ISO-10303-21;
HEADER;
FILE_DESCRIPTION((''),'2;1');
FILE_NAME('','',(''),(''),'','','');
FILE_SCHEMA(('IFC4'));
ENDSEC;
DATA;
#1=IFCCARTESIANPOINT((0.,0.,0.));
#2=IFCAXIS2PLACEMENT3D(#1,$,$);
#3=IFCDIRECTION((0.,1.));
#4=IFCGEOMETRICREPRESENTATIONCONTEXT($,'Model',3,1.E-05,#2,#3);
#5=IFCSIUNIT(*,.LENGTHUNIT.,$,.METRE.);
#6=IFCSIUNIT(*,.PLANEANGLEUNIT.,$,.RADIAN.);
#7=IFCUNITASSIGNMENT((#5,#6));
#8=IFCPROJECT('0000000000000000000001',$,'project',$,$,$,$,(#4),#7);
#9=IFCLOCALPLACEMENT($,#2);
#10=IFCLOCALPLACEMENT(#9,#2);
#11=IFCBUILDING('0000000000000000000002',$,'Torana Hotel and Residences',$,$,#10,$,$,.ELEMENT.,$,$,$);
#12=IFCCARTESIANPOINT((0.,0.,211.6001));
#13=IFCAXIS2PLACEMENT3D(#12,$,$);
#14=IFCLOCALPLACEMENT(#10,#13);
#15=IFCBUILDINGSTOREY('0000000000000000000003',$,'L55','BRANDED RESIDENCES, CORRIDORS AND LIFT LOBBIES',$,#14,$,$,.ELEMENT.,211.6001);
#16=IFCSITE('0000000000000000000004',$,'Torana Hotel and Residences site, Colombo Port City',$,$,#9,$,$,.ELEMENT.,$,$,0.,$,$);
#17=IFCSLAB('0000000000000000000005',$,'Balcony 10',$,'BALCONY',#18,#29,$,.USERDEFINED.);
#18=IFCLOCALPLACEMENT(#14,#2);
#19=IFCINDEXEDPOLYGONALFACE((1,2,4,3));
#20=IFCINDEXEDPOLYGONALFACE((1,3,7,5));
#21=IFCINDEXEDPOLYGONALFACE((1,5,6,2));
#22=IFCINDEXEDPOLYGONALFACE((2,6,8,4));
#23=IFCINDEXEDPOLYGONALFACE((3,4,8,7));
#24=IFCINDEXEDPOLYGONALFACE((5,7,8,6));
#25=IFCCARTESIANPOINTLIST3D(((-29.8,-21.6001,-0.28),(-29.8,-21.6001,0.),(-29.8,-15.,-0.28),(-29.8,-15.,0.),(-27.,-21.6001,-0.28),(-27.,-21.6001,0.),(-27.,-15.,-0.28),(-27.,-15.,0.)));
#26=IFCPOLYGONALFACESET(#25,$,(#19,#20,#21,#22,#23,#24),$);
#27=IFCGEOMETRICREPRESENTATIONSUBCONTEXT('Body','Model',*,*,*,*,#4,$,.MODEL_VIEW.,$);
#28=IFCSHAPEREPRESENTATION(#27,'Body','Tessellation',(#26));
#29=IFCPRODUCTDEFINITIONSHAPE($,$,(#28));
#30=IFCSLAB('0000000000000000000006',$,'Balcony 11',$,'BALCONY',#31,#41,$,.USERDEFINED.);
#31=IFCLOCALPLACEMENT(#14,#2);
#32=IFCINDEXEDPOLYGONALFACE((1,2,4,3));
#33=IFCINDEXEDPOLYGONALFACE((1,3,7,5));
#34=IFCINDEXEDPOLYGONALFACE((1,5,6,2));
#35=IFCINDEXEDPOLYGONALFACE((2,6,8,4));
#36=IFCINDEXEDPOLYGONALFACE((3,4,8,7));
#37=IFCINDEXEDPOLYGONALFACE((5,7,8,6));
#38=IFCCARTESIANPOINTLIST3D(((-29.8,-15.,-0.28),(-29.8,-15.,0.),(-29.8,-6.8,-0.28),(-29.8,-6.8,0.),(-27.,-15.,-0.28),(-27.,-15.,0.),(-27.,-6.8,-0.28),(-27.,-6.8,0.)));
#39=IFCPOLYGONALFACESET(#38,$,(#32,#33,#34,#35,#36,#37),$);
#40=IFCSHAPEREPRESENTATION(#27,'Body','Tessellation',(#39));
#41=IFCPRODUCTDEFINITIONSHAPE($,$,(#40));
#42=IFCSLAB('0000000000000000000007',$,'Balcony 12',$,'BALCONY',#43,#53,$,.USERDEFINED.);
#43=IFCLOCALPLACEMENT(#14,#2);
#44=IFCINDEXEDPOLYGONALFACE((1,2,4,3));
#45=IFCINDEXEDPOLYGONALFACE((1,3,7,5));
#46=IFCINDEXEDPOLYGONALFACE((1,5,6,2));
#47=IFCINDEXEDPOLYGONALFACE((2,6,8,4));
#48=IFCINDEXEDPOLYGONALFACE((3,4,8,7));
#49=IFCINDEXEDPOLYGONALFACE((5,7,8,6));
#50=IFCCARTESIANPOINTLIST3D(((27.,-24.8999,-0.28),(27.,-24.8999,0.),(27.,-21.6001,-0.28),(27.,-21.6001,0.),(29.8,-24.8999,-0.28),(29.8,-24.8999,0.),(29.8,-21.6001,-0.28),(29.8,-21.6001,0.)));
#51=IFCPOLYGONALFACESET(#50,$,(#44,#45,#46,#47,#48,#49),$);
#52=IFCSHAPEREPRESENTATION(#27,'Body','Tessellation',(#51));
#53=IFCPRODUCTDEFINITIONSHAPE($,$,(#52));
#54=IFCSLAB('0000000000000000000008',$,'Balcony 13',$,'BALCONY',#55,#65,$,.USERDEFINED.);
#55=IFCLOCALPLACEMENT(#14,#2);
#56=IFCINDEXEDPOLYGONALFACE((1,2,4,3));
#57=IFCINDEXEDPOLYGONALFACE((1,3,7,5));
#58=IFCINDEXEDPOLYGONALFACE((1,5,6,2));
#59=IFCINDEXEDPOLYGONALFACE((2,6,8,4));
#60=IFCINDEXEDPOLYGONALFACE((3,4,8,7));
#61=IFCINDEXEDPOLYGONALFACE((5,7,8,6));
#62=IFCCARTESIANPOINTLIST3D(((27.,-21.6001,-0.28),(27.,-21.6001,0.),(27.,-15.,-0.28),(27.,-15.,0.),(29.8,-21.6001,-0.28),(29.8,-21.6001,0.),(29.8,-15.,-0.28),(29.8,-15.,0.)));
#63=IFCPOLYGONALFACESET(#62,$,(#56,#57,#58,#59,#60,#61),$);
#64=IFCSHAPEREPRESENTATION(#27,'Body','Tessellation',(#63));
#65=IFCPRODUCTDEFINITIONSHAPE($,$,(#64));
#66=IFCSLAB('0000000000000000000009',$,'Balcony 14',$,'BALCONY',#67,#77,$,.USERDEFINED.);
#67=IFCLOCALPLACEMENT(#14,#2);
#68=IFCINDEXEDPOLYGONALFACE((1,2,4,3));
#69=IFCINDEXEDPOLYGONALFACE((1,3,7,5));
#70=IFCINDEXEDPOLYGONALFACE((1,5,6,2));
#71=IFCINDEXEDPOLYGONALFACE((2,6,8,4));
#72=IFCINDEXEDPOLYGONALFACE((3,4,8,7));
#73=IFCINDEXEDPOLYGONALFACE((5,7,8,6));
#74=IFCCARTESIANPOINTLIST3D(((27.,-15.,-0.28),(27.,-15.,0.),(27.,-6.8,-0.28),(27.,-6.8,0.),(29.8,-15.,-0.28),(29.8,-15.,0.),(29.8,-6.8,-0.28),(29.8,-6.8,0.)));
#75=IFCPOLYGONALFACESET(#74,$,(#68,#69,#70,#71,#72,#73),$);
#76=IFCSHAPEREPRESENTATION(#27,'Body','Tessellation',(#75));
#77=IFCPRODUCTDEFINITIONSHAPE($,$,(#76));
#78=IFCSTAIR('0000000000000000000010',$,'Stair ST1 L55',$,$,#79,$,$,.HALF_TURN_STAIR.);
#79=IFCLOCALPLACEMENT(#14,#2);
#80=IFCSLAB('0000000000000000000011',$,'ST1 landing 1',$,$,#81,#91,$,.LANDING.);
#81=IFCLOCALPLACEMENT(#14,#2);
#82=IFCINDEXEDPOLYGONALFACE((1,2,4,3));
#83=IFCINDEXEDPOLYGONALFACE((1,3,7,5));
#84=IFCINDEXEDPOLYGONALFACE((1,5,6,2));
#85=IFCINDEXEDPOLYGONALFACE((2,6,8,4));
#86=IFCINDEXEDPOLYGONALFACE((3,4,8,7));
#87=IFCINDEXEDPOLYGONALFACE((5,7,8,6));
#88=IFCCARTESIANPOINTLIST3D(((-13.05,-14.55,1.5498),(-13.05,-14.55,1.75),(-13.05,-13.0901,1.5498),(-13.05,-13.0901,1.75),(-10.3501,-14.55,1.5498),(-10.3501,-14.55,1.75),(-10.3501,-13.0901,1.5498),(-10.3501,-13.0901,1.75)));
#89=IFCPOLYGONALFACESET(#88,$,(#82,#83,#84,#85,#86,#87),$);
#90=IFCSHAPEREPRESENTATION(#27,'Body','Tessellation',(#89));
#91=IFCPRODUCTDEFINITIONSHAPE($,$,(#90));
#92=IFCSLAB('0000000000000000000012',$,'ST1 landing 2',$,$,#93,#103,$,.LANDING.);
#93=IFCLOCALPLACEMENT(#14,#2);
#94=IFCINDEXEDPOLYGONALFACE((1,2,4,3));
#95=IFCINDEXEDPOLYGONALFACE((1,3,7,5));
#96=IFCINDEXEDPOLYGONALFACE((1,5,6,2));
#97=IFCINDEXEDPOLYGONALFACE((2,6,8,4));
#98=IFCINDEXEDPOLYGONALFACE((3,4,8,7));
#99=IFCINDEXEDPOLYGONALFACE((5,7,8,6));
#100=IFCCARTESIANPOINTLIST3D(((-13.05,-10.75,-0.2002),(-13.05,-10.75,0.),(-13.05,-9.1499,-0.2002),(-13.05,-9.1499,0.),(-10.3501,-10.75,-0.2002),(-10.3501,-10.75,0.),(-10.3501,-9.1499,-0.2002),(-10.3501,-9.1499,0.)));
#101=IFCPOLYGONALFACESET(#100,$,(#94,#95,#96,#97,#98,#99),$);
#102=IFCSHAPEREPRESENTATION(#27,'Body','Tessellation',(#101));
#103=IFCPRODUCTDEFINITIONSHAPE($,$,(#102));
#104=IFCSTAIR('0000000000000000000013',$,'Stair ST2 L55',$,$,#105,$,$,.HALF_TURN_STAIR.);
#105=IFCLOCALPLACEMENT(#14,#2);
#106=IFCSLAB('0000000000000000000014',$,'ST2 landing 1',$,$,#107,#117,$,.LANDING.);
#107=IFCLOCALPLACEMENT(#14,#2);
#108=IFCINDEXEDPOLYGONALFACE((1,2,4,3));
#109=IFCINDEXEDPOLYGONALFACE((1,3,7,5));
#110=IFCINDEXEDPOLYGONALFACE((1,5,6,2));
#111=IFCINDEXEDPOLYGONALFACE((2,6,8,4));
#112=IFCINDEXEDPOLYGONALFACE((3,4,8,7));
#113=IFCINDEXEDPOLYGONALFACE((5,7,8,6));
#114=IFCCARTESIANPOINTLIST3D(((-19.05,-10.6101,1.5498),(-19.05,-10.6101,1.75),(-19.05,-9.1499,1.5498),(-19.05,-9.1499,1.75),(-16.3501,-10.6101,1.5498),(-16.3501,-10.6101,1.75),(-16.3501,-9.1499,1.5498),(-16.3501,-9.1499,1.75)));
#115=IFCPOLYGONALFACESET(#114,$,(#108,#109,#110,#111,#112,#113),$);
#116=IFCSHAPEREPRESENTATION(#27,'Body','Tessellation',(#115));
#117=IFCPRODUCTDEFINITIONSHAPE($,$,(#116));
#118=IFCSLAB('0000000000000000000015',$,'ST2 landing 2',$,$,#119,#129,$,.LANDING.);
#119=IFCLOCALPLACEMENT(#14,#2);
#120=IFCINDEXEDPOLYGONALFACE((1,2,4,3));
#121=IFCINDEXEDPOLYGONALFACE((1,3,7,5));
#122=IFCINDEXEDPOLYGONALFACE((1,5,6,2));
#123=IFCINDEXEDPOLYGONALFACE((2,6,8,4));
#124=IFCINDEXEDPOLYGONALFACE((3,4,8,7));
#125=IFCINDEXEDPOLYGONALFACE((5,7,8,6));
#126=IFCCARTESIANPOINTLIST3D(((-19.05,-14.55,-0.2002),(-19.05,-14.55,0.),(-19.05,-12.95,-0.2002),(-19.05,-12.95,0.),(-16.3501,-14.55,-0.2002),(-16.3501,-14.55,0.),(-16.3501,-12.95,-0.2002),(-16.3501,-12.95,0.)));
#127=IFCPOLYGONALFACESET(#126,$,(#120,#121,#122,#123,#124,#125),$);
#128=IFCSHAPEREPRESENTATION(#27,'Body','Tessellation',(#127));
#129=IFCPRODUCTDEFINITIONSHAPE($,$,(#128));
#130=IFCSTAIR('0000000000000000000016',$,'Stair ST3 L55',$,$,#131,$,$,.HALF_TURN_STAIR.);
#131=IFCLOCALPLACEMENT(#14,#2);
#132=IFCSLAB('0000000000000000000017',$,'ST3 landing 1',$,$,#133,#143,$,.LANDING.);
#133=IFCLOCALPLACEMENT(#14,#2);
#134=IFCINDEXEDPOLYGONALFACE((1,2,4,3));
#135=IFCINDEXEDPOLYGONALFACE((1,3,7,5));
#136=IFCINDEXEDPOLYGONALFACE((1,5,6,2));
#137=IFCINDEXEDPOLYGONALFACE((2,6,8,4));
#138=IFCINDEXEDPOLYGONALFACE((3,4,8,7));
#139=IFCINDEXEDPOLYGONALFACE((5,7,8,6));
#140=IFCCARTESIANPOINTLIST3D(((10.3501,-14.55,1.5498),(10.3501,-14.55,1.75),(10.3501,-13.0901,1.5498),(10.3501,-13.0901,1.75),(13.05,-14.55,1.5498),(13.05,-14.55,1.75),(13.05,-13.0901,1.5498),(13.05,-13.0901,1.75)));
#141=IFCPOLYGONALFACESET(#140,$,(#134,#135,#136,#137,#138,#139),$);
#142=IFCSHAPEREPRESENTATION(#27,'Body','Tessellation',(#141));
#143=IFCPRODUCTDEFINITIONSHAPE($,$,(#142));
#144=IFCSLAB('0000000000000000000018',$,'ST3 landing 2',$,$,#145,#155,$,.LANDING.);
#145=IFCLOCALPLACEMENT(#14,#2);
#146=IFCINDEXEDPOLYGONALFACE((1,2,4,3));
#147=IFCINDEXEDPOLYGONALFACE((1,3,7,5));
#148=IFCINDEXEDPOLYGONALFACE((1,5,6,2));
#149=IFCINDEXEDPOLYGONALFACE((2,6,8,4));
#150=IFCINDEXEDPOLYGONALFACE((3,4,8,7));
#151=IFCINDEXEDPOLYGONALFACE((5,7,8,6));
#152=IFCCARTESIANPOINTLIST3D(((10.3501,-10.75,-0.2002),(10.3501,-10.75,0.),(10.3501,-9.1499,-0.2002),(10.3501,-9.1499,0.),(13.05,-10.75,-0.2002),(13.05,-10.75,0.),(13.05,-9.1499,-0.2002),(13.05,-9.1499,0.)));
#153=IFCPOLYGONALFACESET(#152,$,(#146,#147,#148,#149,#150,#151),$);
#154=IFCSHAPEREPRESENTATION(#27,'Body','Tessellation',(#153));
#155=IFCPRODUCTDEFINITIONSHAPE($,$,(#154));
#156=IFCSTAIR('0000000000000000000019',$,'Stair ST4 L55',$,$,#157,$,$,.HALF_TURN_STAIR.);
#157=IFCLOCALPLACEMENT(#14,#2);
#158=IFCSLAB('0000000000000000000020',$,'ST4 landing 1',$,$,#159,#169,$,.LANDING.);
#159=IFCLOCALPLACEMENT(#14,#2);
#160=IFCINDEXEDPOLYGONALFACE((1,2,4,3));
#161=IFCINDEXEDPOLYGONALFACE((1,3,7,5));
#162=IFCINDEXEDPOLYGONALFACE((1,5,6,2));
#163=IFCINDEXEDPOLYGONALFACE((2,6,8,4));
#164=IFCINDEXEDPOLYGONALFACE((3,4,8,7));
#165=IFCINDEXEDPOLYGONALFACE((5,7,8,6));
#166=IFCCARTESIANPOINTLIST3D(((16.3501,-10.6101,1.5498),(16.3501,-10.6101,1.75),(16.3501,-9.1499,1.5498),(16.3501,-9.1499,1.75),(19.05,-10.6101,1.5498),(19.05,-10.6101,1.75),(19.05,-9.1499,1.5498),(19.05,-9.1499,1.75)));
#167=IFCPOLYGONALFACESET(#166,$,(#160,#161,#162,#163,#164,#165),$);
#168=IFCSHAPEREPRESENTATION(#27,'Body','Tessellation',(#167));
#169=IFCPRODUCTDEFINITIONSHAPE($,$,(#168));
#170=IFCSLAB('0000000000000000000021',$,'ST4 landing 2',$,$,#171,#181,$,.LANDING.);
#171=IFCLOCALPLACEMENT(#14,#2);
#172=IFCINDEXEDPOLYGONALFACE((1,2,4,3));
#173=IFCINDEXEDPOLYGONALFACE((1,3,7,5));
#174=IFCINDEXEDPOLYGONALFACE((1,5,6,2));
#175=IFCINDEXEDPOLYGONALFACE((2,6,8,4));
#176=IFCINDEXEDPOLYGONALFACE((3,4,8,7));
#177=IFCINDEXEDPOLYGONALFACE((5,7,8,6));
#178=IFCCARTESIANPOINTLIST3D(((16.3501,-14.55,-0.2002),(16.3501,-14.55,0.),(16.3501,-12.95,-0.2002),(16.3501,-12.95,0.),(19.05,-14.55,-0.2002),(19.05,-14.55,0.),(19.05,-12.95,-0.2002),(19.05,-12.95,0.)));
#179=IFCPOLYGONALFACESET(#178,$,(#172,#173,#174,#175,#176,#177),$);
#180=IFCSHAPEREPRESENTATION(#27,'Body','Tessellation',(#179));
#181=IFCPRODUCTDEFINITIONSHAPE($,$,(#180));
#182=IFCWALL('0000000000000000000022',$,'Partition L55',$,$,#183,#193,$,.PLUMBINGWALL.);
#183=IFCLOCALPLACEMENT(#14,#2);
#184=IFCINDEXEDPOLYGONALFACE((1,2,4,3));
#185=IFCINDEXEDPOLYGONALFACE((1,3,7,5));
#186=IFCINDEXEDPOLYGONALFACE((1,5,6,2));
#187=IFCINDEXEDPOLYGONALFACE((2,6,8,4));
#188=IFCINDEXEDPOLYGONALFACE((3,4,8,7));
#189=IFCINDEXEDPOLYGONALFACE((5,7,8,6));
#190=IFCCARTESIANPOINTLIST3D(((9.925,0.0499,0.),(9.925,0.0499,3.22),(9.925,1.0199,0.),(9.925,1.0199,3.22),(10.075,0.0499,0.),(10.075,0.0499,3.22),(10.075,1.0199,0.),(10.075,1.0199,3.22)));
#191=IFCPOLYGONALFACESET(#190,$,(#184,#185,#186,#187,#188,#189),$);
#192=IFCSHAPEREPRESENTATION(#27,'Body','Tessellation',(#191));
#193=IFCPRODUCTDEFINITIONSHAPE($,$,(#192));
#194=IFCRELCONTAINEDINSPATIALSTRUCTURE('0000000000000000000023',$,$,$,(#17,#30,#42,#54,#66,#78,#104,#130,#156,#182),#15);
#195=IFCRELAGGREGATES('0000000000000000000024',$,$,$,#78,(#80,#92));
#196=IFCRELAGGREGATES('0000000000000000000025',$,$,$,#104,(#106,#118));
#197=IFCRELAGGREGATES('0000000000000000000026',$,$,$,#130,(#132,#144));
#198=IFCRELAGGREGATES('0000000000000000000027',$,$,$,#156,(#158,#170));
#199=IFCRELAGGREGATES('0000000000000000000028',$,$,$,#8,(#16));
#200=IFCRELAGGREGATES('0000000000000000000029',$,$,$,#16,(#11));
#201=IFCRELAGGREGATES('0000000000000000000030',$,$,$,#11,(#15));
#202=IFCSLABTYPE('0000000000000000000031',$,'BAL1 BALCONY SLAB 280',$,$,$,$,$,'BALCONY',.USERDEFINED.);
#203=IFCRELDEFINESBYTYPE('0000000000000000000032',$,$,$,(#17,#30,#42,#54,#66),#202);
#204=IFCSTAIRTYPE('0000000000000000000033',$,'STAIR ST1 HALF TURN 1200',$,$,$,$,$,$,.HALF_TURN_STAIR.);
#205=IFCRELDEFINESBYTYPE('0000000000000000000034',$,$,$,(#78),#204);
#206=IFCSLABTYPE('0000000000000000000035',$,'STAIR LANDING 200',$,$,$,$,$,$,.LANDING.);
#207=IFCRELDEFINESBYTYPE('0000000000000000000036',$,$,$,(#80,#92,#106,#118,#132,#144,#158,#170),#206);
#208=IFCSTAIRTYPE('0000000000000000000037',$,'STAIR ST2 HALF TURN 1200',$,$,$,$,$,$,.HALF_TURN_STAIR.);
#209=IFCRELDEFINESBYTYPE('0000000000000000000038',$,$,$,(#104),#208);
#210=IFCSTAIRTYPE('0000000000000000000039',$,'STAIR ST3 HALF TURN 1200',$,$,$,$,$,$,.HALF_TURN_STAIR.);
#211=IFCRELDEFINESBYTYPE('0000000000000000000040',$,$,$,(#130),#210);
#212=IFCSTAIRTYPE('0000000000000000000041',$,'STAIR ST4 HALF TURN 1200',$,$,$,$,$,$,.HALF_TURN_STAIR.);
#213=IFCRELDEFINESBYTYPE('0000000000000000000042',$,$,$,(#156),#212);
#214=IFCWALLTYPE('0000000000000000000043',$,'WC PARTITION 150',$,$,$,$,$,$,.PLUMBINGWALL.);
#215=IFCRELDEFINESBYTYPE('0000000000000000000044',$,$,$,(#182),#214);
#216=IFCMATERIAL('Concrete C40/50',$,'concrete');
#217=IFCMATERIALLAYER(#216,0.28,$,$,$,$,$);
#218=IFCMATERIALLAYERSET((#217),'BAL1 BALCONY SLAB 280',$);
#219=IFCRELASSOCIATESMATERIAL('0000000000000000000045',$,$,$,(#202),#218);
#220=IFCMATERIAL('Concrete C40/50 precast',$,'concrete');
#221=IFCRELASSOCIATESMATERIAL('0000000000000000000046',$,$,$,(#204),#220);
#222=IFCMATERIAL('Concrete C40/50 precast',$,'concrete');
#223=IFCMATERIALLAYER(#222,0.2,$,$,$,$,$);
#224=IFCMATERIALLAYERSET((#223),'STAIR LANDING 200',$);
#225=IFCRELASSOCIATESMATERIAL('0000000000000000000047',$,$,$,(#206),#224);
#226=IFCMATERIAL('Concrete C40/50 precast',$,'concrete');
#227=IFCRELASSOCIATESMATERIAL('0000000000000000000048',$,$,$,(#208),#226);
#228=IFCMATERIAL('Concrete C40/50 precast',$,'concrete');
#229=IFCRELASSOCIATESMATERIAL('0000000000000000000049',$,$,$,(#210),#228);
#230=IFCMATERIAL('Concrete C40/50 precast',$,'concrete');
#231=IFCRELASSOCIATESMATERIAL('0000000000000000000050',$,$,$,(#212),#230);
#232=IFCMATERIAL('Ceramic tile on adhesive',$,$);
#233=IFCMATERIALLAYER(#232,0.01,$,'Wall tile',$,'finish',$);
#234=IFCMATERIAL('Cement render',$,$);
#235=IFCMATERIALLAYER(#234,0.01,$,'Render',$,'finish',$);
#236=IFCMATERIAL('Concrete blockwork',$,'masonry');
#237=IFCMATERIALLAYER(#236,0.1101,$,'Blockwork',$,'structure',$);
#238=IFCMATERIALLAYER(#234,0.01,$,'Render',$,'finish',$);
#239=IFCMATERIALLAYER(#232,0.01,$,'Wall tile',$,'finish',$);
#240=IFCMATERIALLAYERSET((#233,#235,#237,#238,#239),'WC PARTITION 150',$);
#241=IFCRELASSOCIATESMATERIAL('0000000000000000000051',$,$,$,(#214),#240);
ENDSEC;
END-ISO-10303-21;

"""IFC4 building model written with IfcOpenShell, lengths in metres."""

from ifc_helpers import new_model, si_unit, direction, frame, frame_2d, origin, place, context, subcontext, project, spatial, polyline, rectangle, outline, extrude, material, layer, layer_set, type_object, element, aggregate, save


model = new_model("IFC4")

# Units and contexts
model_context = context("Model", 3, precision=1e-05, world=origin(), true_north=direction((0.0, 1.0)))
body_context = subcontext(model_context, "Body", "Model", "MODEL_VIEW")
ifc_project = project(units=[si_unit("LENGTHUNIT", "METRE"), si_unit("PLANEANGLEUNIT", "RADIAN")], contexts=[model_context])

# Site, building, storey
site_placement = place(None, origin())
site = spatial("IfcSite", under=ifc_project, at=site_placement, Name="Torana Hotel and Residences site, Colombo Port City", CompositionType="ELEMENT", RefElevation=0.0)
building_placement = place(site_placement, origin())
building = spatial("IfcBuilding", under=site, at=building_placement, Name="Torana Hotel and Residences", CompositionType="ELEMENT")
storey_placement = place(building_placement, frame((0.0, 0.0, 211.6001)))
storey = spatial("IfcBuildingStorey", under=building, at=storey_placement, Name="L55", Description="BRANDED RESIDENCES, CORRIDORS AND LIFT LOBBIES", CompositionType="ELEMENT", Elevation=211.6001)

# Slabs
ifc_material_1 = material(Name="Concrete C40/50", Category="concrete")
ifc_layer_1 = layer(ifc_material_1, 0.28)
ifc_layer_set_1 = layer_set([ifc_layer_1], Name="BAL1 BALCONY SLAB 280")
slab_type_1 = type_object("IfcSlabType", Name="BAL1 BALCONY SLAB 280", ElementType="BALCONY", PredefinedType="USERDEFINED", material=ifc_layer_set_1)
slab_1_placement = place(storey_placement, frame((0.0, 0.0, -0.28)))
element("IfcSlab", 1, at=slab_1_placement, inside=storey, type_object=slab_type_1, Name="Balcony 10", ObjectType="BALCONY", PredefinedType="USERDEFINED", context=body_context, shape_type="SweptSolid", body=[
    extrude(outline(polyline([(-29.8, -21.6001), (-27.0, -21.6001), (-27.0, -15.0), (-29.8, -15.0), (-29.8, -21.6001)])), origin(), (0.0, 0.0, 1.0), 0.28),
])
slab_2_placement = place(storey_placement, frame((0.0, 0.0, -0.28)))
element("IfcSlab", 2, at=slab_2_placement, inside=storey, type_object=slab_type_1, Name="Balcony 11", ObjectType="BALCONY", PredefinedType="USERDEFINED", context=body_context, shape_type="SweptSolid", body=[
    extrude(outline(polyline([(-29.8, -15.0), (-27.0, -15.0), (-27.0, -6.8), (-29.8, -6.8), (-29.8, -15.0)])), origin(), (0.0, 0.0, 1.0), 0.28),
])
slab_3_placement = place(storey_placement, frame((0.0, 0.0, -0.28)))
element("IfcSlab", 3, at=slab_3_placement, inside=storey, type_object=slab_type_1, Name="Balcony 12", ObjectType="BALCONY", PredefinedType="USERDEFINED", context=body_context, shape_type="SweptSolid", body=[
    extrude(outline(polyline([(27.0, -24.8999), (29.8, -24.8999), (29.8, -21.6001), (27.0, -21.6001), (27.0, -24.8999)])), origin(), (0.0, 0.0, 1.0), 0.28),
])
slab_4_placement = place(storey_placement, frame((0.0, 0.0, -0.28)))
element("IfcSlab", 4, at=slab_4_placement, inside=storey, type_object=slab_type_1, Name="Balcony 13", ObjectType="BALCONY", PredefinedType="USERDEFINED", context=body_context, shape_type="SweptSolid", body=[
    extrude(outline(polyline([(27.0, -21.6001), (29.8, -21.6001), (29.8, -15.0), (27.0, -15.0), (27.0, -21.6001)])), origin(), (0.0, 0.0, 1.0), 0.28),
])
slab_5_placement = place(storey_placement, frame((0.0, 0.0, -0.28)))
element("IfcSlab", 5, at=slab_5_placement, inside=storey, type_object=slab_type_1, Name="Balcony 14", ObjectType="BALCONY", PredefinedType="USERDEFINED", context=body_context, shape_type="SweptSolid", body=[
    extrude(outline(polyline([(27.0, -15.0), (29.8, -15.0), (29.8, -6.8), (27.0, -6.8), (27.0, -15.0)])), origin(), (0.0, 0.0, 1.0), 0.28),
])

# Stairs, slabs
ifc_material_2 = material(Name="Concrete C40/50 precast", Category="concrete")
stair_type_1 = type_object("IfcStairType", Name="STAIR ST1 HALF TURN 1200", PredefinedType="HALF_TURN_STAIR", material=ifc_material_2)
stair_1_placement = place(storey_placement, origin())
stair_1 = element("IfcStair", 6, at=stair_1_placement, inside=storey, type_object=stair_type_1, Name="Stair ST1 L55", PredefinedType="HALF_TURN_STAIR")
ifc_material_3 = material(Name="Concrete C40/50 precast", Category="concrete")
ifc_layer_2 = layer(ifc_material_3, 0.2)
ifc_layer_set_2 = layer_set([ifc_layer_2], Name="STAIR LANDING 200")
slab_type_2 = type_object("IfcSlabType", Name="STAIR LANDING 200", PredefinedType="LANDING", material=ifc_layer_set_2)
slab_6_placement = place(storey_placement, frame((0.0, 0.0, 1.5498)))
slab_6 = element("IfcSlab", 7, at=slab_6_placement, type_object=slab_type_2, Name="ST1 landing 1", PredefinedType="LANDING", context=body_context, shape_type="SweptSolid", body=[
    extrude(outline(polyline([(-13.05, -14.55), (-10.3501, -14.55), (-10.3501, -13.0901), (-13.05, -13.0901), (-13.05, -14.55)])), origin(), (0.0, 0.0, 1.0), 0.2002),
])
slab_7_placement = place(storey_placement, frame((0.0, 0.0, -0.2002)))
slab_7 = element("IfcSlab", 8, at=slab_7_placement, type_object=slab_type_2, Name="ST1 landing 2", PredefinedType="LANDING", context=body_context, shape_type="SweptSolid", body=[
    extrude(outline(polyline([(-13.05, -10.75), (-10.3501, -10.75), (-10.3501, -9.1499), (-13.05, -9.1499), (-13.05, -10.75)])), origin(), (0.0, 0.0, 1.0), 0.2002),
])
aggregate(stair_1, [slab_6, slab_7])
ifc_material_4 = material(Name="Concrete C40/50 precast", Category="concrete")
stair_type_2 = type_object("IfcStairType", Name="STAIR ST2 HALF TURN 1200", PredefinedType="HALF_TURN_STAIR", material=ifc_material_4)
stair_2_placement = place(storey_placement, origin())
stair_2 = element("IfcStair", 9, at=stair_2_placement, inside=storey, type_object=stair_type_2, Name="Stair ST2 L55", PredefinedType="HALF_TURN_STAIR")
slab_8_placement = place(storey_placement, frame((0.0, 0.0, 1.5498)))
slab_8 = element("IfcSlab", 10, at=slab_8_placement, type_object=slab_type_2, Name="ST2 landing 1", PredefinedType="LANDING", context=body_context, shape_type="SweptSolid", body=[
    extrude(outline(polyline([(-19.05, -10.6101), (-16.3501, -10.6101), (-16.3501, -9.1499), (-19.05, -9.1499), (-19.05, -10.6101)])), origin(), (0.0, 0.0, 1.0), 0.2002),
])
slab_9_placement = place(storey_placement, frame((0.0, 0.0, -0.2002)))
slab_9 = element("IfcSlab", 11, at=slab_9_placement, type_object=slab_type_2, Name="ST2 landing 2", PredefinedType="LANDING", context=body_context, shape_type="SweptSolid", body=[
    extrude(outline(polyline([(-19.05, -14.55), (-16.3501, -14.55), (-16.3501, -12.95), (-19.05, -12.95), (-19.05, -14.55)])), origin(), (0.0, 0.0, 1.0), 0.2002),
])
aggregate(stair_2, [slab_8, slab_9])
ifc_material_5 = material(Name="Concrete C40/50 precast", Category="concrete")
stair_type_3 = type_object("IfcStairType", Name="STAIR ST3 HALF TURN 1200", PredefinedType="HALF_TURN_STAIR", material=ifc_material_5)
stair_3_placement = place(storey_placement, origin())
stair_3 = element("IfcStair", 12, at=stair_3_placement, inside=storey, type_object=stair_type_3, Name="Stair ST3 L55", PredefinedType="HALF_TURN_STAIR")
slab_10_placement = place(storey_placement, frame((0.0, 0.0, 1.5498)))
slab_10 = element("IfcSlab", 13, at=slab_10_placement, type_object=slab_type_2, Name="ST3 landing 1", PredefinedType="LANDING", context=body_context, shape_type="SweptSolid", body=[
    extrude(outline(polyline([(10.3501, -14.55), (13.05, -14.55), (13.05, -13.0901), (10.3501, -13.0901), (10.3501, -14.55)])), origin(), (0.0, 0.0, 1.0), 0.2002),
])
slab_11_placement = place(storey_placement, frame((0.0, 0.0, -0.2002)))
slab_11 = element("IfcSlab", 14, at=slab_11_placement, type_object=slab_type_2, Name="ST3 landing 2", PredefinedType="LANDING", context=body_context, shape_type="SweptSolid", body=[
    extrude(outline(polyline([(10.3501, -10.75), (13.05, -10.75), (13.05, -9.1499), (10.3501, -9.1499), (10.3501, -10.75)])), origin(), (0.0, 0.0, 1.0), 0.2002),
])
aggregate(stair_3, [slab_10, slab_11])
ifc_material_6 = material(Name="Concrete C40/50 precast", Category="concrete")
stair_type_4 = type_object("IfcStairType", Name="STAIR ST4 HALF TURN 1200", PredefinedType="HALF_TURN_STAIR", material=ifc_material_6)
stair_4_placement = place(storey_placement, origin())
stair_4 = element("IfcStair", 15, at=stair_4_placement, inside=storey, type_object=stair_type_4, Name="Stair ST4 L55", PredefinedType="HALF_TURN_STAIR")
slab_12_placement = place(storey_placement, frame((0.0, 0.0, 1.5498)))
slab_12 = element("IfcSlab", 16, at=slab_12_placement, type_object=slab_type_2, Name="ST4 landing 1", PredefinedType="LANDING", context=body_context, shape_type="SweptSolid", body=[
    extrude(outline(polyline([(16.3501, -10.6101), (19.05, -10.6101), (19.05, -9.1499), (16.3501, -9.1499), (16.3501, -10.6101)])), origin(), (0.0, 0.0, 1.0), 0.2002),
])
slab_13_placement = place(storey_placement, frame((0.0, 0.0, -0.2002)))
slab_13 = element("IfcSlab", 17, at=slab_13_placement, type_object=slab_type_2, Name="ST4 landing 2", PredefinedType="LANDING", context=body_context, shape_type="SweptSolid", body=[
    extrude(outline(polyline([(16.3501, -14.55), (19.05, -14.55), (19.05, -12.95), (16.3501, -12.95), (16.3501, -14.55)])), origin(), (0.0, 0.0, 1.0), 0.2002),
])
aggregate(stair_4, [slab_12, slab_13])

# Wall
ifc_material_7 = material(Name="Ceramic tile on adhesive")
ifc_layer_3 = layer(ifc_material_7, 0.01, Name="Wall tile", Category="finish")
ifc_material_8 = material(Name="Cement render")
ifc_layer_4 = layer(ifc_material_8, 0.01, Name="Render", Category="finish")
ifc_material_9 = material(Name="Concrete blockwork", Category="masonry")
ifc_layer_5 = layer(ifc_material_9, 0.1101, Name="Blockwork", Category="structure")
ifc_layer_6 = layer(ifc_material_8, 0.01, Name="Render", Category="finish")
ifc_layer_7 = layer(ifc_material_7, 0.01, Name="Wall tile", Category="finish")
ifc_layer_set_3 = layer_set([ifc_layer_3, ifc_layer_4, ifc_layer_5, ifc_layer_6, ifc_layer_7], Name="WC PARTITION 150")
wall_type = type_object("IfcWallType", Name="WC PARTITION 150", PredefinedType="PLUMBINGWALL", material=ifc_layer_set_3)
wall_placement = place(storey_placement, frame((10.0, 0.05, 0.0), z_axis=(0.0, 0.0, 1.0), x_axis=(0.0, 1.0, 0.0)))
element("IfcWall", 18, at=wall_placement, inside=storey, type_object=wall_type, Name="Partition L55", PredefinedType="PLUMBINGWALL", context=body_context, shape_type="SweptSolid", body=[
    extrude(rectangle(XDim=0.97, YDim=0.1499, at=frame_2d((0.4849, 0.0))), origin(), (0.0, 0.0, 1.0), 3.22),
])

save(model, "model.ifc")
